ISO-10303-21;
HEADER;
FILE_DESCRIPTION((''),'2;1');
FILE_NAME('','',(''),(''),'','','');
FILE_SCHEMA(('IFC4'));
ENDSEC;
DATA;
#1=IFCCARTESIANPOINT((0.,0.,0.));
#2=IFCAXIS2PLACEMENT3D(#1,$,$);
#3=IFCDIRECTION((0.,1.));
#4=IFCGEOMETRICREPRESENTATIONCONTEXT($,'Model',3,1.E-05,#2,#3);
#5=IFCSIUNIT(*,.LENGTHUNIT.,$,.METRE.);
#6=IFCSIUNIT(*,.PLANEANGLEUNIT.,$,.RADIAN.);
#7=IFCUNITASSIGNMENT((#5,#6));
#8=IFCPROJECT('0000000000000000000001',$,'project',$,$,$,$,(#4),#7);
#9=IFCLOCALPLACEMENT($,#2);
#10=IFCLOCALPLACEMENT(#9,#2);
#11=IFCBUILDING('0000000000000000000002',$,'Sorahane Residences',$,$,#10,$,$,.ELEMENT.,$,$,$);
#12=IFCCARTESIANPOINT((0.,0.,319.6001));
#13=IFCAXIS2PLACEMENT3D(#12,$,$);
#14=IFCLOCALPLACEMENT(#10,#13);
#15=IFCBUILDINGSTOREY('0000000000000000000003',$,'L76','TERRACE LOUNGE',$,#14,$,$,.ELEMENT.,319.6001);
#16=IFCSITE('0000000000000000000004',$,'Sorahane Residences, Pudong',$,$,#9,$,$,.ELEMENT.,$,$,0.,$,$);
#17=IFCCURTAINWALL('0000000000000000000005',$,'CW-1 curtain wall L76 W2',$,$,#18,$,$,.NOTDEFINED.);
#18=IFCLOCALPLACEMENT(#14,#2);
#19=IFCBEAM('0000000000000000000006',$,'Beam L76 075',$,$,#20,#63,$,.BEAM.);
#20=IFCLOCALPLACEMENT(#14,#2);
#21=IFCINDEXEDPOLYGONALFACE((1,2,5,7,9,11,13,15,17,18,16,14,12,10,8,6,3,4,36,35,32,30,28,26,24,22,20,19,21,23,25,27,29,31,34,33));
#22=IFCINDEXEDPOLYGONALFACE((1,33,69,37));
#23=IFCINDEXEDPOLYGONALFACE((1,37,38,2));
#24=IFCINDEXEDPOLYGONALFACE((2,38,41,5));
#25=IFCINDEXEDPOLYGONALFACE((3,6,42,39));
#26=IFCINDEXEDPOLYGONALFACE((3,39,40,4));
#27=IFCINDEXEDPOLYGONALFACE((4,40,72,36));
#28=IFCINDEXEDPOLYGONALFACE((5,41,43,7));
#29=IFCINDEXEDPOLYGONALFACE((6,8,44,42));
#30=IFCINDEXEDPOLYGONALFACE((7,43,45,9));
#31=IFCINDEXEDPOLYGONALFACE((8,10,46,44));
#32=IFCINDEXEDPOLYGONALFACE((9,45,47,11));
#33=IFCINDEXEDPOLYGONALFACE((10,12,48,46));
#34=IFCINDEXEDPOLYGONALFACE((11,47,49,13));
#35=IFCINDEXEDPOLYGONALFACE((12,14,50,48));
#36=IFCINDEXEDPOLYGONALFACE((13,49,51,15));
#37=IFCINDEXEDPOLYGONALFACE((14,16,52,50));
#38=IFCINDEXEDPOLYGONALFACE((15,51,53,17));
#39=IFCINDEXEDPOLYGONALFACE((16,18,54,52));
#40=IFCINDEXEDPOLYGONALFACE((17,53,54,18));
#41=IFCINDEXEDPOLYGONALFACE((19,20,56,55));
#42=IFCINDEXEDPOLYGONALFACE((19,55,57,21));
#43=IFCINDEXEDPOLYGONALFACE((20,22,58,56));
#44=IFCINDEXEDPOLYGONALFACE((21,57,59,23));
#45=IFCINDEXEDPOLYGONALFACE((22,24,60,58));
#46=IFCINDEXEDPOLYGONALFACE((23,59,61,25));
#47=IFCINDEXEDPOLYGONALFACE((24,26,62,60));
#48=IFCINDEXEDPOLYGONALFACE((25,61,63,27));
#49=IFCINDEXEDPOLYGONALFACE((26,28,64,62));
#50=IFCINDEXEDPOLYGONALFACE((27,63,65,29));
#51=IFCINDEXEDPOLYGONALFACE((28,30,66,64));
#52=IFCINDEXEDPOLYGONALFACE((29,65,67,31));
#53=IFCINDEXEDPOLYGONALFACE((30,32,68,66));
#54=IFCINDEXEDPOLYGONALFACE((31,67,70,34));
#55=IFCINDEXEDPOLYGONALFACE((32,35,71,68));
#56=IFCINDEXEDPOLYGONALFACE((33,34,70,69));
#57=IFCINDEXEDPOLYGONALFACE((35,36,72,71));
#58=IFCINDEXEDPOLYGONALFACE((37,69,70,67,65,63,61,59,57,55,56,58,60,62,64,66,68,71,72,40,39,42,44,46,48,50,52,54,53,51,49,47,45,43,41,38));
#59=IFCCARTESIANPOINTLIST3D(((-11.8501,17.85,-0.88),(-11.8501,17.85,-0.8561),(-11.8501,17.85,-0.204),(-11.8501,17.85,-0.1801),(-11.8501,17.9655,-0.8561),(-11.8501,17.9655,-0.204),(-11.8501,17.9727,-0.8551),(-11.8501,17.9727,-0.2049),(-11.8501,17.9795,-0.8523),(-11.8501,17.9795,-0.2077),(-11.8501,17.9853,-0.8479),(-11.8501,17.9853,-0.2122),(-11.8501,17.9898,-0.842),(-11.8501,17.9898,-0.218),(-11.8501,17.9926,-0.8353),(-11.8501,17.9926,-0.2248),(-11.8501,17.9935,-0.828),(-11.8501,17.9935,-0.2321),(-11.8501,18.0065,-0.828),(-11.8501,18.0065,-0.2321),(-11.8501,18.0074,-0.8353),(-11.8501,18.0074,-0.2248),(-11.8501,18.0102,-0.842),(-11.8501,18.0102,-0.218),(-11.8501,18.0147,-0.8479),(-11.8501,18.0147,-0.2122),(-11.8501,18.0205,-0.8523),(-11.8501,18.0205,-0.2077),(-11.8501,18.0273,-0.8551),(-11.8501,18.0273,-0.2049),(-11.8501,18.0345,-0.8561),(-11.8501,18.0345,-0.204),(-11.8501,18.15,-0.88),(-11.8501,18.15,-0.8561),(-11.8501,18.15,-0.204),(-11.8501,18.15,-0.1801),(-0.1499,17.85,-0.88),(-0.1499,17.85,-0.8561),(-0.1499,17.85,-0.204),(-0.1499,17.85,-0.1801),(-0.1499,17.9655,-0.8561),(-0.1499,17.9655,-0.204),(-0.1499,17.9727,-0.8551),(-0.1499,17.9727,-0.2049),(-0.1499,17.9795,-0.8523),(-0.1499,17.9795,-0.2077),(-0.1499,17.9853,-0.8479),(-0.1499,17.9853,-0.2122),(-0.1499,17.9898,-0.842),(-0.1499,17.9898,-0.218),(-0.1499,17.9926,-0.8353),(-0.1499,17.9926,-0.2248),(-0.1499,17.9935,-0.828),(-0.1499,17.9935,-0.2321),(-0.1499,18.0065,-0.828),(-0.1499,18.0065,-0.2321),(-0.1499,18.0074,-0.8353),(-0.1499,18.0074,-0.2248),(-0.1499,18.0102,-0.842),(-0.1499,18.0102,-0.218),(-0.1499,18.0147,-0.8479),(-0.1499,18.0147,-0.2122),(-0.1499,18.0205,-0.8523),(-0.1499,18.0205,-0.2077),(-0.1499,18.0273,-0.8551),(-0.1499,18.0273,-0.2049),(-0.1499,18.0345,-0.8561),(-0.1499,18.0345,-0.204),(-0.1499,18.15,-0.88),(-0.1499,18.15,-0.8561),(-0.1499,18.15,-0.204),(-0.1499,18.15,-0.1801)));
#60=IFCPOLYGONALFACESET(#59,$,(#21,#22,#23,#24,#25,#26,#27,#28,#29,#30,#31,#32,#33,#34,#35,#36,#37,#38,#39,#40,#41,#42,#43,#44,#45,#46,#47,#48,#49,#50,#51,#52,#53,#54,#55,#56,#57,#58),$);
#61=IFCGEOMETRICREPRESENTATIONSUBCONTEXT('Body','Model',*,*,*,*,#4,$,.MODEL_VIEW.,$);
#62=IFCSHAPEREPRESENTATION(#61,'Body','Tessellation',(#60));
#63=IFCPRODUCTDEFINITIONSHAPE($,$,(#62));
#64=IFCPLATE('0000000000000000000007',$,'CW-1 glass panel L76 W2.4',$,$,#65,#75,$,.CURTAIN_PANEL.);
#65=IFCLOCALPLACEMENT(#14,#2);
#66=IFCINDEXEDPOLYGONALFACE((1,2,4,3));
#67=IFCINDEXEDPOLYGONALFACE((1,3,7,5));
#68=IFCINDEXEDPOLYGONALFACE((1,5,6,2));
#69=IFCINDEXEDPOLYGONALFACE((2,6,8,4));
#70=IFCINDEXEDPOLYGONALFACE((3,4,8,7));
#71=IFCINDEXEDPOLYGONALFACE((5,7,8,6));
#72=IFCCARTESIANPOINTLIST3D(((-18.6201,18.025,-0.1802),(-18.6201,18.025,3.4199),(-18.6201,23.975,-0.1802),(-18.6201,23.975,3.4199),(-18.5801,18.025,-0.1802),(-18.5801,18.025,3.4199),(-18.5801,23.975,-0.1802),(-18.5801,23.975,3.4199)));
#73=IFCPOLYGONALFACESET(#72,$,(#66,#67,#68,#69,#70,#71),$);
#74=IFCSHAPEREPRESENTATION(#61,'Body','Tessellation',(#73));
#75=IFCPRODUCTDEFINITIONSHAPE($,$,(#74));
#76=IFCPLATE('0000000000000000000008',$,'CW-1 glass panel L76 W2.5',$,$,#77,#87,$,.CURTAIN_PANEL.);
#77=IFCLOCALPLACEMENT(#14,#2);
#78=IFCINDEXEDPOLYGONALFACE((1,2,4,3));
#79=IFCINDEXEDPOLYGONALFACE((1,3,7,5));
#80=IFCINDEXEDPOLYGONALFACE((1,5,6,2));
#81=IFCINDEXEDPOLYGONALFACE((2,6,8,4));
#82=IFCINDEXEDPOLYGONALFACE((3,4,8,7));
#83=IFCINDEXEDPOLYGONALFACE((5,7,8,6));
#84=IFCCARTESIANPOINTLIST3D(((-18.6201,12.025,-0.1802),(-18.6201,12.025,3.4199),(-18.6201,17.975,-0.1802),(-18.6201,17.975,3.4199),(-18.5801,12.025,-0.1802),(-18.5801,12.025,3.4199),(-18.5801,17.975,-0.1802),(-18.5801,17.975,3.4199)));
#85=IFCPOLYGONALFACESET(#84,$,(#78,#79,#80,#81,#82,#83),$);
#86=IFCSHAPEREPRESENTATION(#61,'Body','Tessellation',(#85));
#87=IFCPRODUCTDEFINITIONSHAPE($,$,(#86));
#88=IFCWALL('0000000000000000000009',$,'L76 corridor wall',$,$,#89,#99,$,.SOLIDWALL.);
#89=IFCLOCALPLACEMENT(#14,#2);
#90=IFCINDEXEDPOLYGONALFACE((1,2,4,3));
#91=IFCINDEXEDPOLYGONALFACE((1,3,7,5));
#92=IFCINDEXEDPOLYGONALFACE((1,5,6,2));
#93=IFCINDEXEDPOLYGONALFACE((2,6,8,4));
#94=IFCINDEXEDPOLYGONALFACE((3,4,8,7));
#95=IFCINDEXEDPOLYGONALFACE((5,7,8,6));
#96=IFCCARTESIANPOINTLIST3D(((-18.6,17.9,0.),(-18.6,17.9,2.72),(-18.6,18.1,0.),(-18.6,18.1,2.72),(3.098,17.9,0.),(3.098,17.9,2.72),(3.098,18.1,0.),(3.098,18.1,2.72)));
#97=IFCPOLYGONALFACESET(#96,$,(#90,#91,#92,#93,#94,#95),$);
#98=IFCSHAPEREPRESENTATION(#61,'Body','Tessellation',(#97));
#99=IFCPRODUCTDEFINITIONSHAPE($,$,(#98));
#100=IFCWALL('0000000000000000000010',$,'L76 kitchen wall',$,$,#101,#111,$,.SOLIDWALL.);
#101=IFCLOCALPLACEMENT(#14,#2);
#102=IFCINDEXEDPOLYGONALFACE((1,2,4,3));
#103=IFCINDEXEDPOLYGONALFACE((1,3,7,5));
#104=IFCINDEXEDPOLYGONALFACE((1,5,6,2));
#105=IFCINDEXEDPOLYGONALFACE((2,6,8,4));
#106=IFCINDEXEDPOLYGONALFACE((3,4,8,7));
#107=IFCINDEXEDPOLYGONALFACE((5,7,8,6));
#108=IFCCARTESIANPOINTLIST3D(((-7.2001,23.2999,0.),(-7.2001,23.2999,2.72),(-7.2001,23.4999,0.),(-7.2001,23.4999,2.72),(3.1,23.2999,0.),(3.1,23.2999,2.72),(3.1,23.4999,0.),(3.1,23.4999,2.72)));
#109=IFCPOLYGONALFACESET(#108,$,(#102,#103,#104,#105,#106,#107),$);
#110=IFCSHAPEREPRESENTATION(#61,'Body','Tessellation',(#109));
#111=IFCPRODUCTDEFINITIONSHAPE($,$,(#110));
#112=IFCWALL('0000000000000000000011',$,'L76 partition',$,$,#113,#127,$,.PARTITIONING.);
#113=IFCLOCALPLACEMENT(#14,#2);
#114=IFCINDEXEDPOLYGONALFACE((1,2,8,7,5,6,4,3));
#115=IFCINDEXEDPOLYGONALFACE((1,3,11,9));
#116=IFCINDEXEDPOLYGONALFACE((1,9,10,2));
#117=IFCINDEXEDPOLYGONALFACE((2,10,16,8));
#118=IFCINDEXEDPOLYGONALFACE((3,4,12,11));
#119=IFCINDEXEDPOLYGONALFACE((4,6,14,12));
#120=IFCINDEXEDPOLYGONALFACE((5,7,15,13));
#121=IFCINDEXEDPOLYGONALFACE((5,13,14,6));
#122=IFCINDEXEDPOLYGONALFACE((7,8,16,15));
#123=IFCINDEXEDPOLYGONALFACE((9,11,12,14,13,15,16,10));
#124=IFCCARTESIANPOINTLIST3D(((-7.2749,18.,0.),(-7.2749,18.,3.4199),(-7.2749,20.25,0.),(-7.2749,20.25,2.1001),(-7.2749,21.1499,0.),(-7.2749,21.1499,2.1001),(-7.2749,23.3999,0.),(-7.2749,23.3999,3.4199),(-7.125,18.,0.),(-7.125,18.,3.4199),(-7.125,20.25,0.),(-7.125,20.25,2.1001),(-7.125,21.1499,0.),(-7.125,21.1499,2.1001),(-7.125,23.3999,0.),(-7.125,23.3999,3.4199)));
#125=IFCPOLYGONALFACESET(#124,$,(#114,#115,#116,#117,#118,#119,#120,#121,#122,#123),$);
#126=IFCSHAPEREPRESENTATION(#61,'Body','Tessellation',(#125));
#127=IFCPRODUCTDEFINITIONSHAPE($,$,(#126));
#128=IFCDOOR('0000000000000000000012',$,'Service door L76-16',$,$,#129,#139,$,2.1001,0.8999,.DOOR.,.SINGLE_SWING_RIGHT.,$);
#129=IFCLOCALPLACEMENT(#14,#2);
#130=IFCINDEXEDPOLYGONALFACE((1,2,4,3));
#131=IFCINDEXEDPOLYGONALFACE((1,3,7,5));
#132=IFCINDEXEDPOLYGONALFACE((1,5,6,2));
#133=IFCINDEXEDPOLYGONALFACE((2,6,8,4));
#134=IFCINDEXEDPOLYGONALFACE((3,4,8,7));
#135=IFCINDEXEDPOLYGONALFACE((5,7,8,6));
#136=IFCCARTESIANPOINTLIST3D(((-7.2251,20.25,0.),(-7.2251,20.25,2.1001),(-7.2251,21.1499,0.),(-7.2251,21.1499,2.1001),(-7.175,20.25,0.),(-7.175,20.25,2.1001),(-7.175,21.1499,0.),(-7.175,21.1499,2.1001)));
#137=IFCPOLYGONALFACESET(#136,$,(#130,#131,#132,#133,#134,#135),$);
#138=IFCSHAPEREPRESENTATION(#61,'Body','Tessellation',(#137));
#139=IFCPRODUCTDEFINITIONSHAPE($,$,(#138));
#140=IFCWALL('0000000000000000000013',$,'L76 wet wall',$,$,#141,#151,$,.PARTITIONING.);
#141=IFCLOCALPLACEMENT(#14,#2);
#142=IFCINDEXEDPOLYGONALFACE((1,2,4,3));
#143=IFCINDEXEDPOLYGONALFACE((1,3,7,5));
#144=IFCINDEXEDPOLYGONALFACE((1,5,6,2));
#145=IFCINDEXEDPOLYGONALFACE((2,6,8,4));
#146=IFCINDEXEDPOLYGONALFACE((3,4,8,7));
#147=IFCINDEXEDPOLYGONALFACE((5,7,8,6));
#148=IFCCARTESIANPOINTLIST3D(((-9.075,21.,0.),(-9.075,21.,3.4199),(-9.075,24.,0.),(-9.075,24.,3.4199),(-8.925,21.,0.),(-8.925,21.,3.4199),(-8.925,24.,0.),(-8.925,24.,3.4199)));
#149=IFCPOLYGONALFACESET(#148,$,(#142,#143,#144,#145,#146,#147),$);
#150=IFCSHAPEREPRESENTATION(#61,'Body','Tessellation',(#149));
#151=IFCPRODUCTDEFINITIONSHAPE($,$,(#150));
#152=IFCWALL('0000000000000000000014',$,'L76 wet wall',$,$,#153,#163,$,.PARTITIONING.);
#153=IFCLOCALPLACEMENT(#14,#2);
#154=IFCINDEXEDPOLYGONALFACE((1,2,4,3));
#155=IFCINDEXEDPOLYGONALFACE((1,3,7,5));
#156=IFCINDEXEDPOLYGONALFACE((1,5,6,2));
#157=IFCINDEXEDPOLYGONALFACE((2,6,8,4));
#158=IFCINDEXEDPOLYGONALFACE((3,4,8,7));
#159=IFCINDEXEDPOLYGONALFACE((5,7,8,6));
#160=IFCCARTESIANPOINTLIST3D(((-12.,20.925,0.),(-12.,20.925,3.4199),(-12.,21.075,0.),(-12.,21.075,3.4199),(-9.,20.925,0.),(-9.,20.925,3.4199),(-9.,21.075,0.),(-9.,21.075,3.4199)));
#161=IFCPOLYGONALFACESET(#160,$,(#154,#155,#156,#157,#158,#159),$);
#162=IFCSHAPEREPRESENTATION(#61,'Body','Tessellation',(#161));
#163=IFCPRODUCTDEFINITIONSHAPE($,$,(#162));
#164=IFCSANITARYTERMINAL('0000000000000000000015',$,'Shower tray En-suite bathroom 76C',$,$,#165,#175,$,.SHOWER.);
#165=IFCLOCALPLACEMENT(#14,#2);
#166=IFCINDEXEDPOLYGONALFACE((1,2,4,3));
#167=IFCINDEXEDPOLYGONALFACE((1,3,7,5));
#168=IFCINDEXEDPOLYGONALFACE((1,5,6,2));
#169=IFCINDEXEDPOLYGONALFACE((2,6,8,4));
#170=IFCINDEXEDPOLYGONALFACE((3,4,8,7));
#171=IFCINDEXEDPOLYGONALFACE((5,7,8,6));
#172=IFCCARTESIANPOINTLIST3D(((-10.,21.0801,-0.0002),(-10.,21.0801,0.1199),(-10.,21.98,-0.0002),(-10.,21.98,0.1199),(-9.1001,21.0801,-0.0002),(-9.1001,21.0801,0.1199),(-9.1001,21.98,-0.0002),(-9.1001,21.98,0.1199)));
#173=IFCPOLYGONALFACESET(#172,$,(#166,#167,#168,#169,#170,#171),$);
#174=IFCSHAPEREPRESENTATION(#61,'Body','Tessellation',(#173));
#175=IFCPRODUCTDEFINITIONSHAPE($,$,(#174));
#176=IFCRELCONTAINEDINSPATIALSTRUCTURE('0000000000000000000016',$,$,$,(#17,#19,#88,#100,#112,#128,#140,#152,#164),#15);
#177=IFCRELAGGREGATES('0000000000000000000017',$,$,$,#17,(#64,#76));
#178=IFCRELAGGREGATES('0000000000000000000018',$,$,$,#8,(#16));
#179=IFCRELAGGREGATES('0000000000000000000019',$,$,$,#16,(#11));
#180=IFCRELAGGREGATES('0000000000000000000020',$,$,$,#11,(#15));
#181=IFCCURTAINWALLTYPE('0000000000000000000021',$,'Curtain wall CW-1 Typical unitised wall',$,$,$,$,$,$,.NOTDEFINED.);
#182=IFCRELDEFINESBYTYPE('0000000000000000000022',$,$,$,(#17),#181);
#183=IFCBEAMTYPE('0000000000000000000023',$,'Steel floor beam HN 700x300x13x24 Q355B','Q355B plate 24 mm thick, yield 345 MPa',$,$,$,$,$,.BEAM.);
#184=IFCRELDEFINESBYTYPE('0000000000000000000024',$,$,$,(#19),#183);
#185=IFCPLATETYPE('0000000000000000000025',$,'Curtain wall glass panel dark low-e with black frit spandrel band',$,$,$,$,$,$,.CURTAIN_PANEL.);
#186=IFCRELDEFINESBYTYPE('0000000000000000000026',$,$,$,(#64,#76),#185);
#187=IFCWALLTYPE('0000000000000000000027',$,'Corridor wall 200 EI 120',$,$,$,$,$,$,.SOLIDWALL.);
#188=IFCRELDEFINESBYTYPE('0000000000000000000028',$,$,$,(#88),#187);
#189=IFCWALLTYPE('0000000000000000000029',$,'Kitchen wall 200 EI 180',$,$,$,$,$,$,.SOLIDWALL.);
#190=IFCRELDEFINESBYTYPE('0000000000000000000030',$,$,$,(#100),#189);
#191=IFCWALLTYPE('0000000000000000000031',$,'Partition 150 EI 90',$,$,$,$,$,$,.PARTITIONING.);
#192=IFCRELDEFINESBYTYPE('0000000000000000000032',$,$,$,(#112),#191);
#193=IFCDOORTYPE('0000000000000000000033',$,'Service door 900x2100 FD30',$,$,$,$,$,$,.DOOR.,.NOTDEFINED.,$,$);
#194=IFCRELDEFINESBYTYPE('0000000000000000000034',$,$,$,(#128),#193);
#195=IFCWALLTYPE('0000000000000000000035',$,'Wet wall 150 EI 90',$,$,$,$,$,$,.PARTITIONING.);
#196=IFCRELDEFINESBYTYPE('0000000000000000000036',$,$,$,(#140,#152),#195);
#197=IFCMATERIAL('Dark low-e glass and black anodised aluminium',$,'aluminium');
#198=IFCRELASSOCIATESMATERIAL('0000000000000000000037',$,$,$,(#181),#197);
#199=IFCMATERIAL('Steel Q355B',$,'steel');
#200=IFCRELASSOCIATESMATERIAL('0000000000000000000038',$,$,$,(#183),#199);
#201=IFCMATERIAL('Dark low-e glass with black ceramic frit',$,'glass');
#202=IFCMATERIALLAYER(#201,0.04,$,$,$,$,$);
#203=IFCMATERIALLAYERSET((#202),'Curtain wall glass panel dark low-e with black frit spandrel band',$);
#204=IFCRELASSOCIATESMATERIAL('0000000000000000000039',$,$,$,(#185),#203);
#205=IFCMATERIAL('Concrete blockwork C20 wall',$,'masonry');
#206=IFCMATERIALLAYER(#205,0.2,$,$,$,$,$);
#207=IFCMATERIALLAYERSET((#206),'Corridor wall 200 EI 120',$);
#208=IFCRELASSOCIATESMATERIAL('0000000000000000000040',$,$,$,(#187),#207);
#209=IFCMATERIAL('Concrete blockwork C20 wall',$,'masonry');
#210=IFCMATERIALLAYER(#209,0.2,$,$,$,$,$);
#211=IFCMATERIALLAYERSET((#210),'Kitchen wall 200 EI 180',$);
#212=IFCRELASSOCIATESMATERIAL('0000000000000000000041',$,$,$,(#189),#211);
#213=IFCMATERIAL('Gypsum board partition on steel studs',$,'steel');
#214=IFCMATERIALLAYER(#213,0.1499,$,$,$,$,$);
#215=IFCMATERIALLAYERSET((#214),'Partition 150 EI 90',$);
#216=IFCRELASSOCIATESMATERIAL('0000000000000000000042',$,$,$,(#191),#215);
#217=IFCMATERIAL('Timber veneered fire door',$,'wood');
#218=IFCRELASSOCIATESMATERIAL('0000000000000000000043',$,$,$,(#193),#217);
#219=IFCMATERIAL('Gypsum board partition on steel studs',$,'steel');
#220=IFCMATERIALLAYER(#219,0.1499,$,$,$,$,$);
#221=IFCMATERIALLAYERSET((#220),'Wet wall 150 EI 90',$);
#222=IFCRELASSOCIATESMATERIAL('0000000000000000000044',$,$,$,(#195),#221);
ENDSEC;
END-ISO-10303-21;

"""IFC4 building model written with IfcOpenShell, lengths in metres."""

from ifc_helpers import new_model, si_unit, direction, frame, frame_2d, origin, origin_2d, place, context, subcontext, project, spatial, rectangle, i_section, extrude, material, layer, layer_set, material_profile, profile_set, type_object, element, fill, aggregate, save


model = new_model("IFC4")

# Units and contexts
model_context = context("Model", 3, precision=1e-05, world=origin(), true_north=direction((0.0, 1.0)))
body_context = subcontext(model_context, "Body", "Model", "MODEL_VIEW")
ifc_project = project(units=[si_unit("LENGTHUNIT", "METRE"), si_unit("PLANEANGLEUNIT", "RADIAN")], contexts=[model_context])

# Site, building, storey
site_placement = place(None, origin())
site = spatial("IfcSite", under=ifc_project, at=site_placement, Name="Sorahane Residences, Pudong", CompositionType="ELEMENT", RefElevation=0.0)
building_placement = place(site_placement, origin())
building = spatial("IfcBuilding", under=site, at=building_placement, Name="Sorahane Residences", CompositionType="ELEMENT")
storey_placement = place(building_placement, frame((0.0, 0.0, 319.6001)))
storey = spatial("IfcBuildingStorey", under=building, at=storey_placement, Name="L76", Description="TERRACE LOUNGE", CompositionType="ELEMENT", Elevation=319.6001)

# Shared definitions
ifc_material_1 = material(Name="Dark low-e glass and black anodised aluminium", Category="aluminium")
curtain_wall_type = type_object("IfcCurtainWallType", Name="Curtain wall CW-1 Typical unitised wall", PredefinedType="NOTDEFINED", material=ifc_material_1)

# Curtain wall
curtain_wall_1_placement = place(storey_placement, origin())
curtain_wall_1 = element("IfcCurtainWall", 1, at=curtain_wall_1_placement, inside=storey, type_object=curtain_wall_type, Name="CW-1 curtain wall L76 W2", PredefinedType="NOTDEFINED")

# Beam
ifc_material_2 = material(Name="Steel Q355B", Category="steel")
ifc_material_profile_1 = material_profile(ifc_material_2, i_section(OverallWidth=0.3, OverallDepth=0.7, WebThickness=0.0129, FlangeThickness=0.0239, FilletRadius=0.0281, at=origin_2d()), Name="HN 700x300x13x24")
ifc_profile_set_1 = profile_set([ifc_material_profile_1], Name="Steel Q355B")
beam_type_1 = type_object("IfcBeamType", Name="Steel floor beam HN 700x300x13x24 Q355B", Description="Q355B plate 24 mm thick, yield 345 MPa", PredefinedType="BEAM", material=ifc_profile_set_1)
beam_1_placement = place(storey_placement, frame((-11.8501, 18.0, -0.53), z_axis=(1.0, 0.0, 0.0), x_axis=(0.0, 1.0, 0.0)))
element("IfcBeam", 2, at=beam_1_placement, inside=storey, type_object=beam_type_1, Name="Beam L76 075", PredefinedType="BEAM", context=body_context, shape_type="SweptSolid", body=[
    extrude(i_section(OverallWidth=0.3, OverallDepth=0.7, WebThickness=0.0129, FlangeThickness=0.0239, FilletRadius=0.0281, at=origin_2d()), origin(), (0.0, 0.0, 1.0), 11.7002),
])

# Plates
ifc_material_3 = material(Name="Dark low-e glass with black ceramic frit", Category="glass")
ifc_layer_1 = layer(ifc_material_3, 0.04)
ifc_layer_set_1 = layer_set([ifc_layer_1], Name="Curtain wall glass panel dark low-e with black frit spandrel band")
plate_type = type_object("IfcPlateType", Name="Curtain wall glass panel dark low-e with black frit spandrel band", PredefinedType="CURTAIN_PANEL", material=ifc_layer_set_1)
plate_1_placement = place(storey_placement, frame((-18.6001, 21.0, -0.1802), z_axis=(0.0, 0.0, 1.0), x_axis=(0.0, -1.0, 0.0)))
plate_1 = element("IfcPlate", 3, at=plate_1_placement, type_object=plate_type, Name="CW-1 glass panel L76 W2.4", PredefinedType="CURTAIN_PANEL", context=body_context, shape_type="SweptSolid", body=[
    extrude(rectangle(XDim=5.95, YDim=0.04, at=origin_2d()), origin(), (0.0, 0.0, 1.0), 3.6001),
])
plate_2_placement = place(storey_placement, frame((-18.6001, 15.0, -0.1802), z_axis=(0.0, 0.0, 1.0), x_axis=(0.0, -1.0, 0.0)))
plate_2 = element("IfcPlate", 4, at=plate_2_placement, type_object=plate_type, Name="CW-1 glass panel L76 W2.5", PredefinedType="CURTAIN_PANEL", context=body_context, shape_type="SweptSolid", body=[
    extrude(rectangle(XDim=5.95, YDim=0.04, at=origin_2d()), origin(), (0.0, 0.0, 1.0), 3.6001),
])
aggregate(curtain_wall_1, [plate_1, plate_2])

# Wall
ifc_material_4 = material(Name="Concrete blockwork C20 wall", Category="masonry")
ifc_layer_2 = layer(ifc_material_4, 0.2)
ifc_layer_set_2 = layer_set([ifc_layer_2], Name="Corridor wall 200 EI 120")
wall_type_1 = type_object("IfcWallType", Name="Corridor wall 200 EI 120", PredefinedType="SOLIDWALL", material=ifc_layer_set_2)
wall_1_placement = place(storey_placement, frame((-18.6001, 18.0, 0.0), z_axis=(0.0, 0.0, 1.0), x_axis=(1.0, 0.0, 0.0)))
element("IfcWall", 5, at=wall_1_placement, inside=storey, type_object=wall_type_1, Name="L76 corridor wall", PredefinedType="SOLIDWALL", context=body_context, shape_type="SweptSolid", body=[
    extrude(rectangle(XDim=21.698, YDim=0.2, at=frame_2d((10.8491, 0.0))), origin(), (0.0, 0.0, 1.0), 2.72),
])

# Shared definitions
ifc_material_5 = material(Name="Concrete blockwork C20 wall", Category="masonry")
ifc_layer_3 = layer(ifc_material_5, 0.2)
ifc_layer_set_3 = layer_set([ifc_layer_3], Name="Kitchen wall 200 EI 180")
wall_type_2 = type_object("IfcWallType", Name="Kitchen wall 200 EI 180", PredefinedType="SOLIDWALL", material=ifc_layer_set_3)

# Wall
wall_2_placement = place(storey_placement, frame((-7.2, 23.3999, 0.0), z_axis=(0.0, 0.0, 1.0), x_axis=(1.0, 0.0, 0.0)))
element("IfcWall", 6, at=wall_2_placement, inside=storey, type_object=wall_type_2, Name="L76 kitchen wall", PredefinedType="SOLIDWALL", context=body_context, shape_type="SweptSolid", body=[
    extrude(rectangle(XDim=10.3, YDim=0.2, at=frame_2d((5.1499, 0.0))), origin(), (0.0, 0.0, 1.0), 2.72),
])

# Wall, opening, door
ifc_material_6 = material(Name="Gypsum board partition on steel studs", Category="steel")
ifc_layer_4 = layer(ifc_material_6, 0.1499)
ifc_layer_set_4 = layer_set([ifc_layer_4], Name="Partition 150 EI 90")
wall_type_3 = type_object("IfcWallType", Name="Partition 150 EI 90", PredefinedType="PARTITIONING", material=ifc_layer_set_4)
wall_3_placement = place(storey_placement, frame((-7.2, 18.0, 0.0), z_axis=(0.0, 0.0, 1.0), x_axis=(0.0, 1.0, 0.0)))
wall_3 = element("IfcWall", 7, at=wall_3_placement, inside=storey, type_object=wall_type_3, Name="L76 partition", PredefinedType="PARTITIONING", context=body_context, shape_type="SweptSolid", body=[
    extrude(rectangle(XDim=5.3999, YDim=0.1499, at=frame_2d((2.7, 0.0))), origin(), (0.0, 0.0, 1.0), 3.4199),
])
opening_1_placement = place(wall_3_placement, frame((2.25, 0.0, 0.0)))
opening_1 = element("IfcOpeningElement", 8, at=opening_1_placement, cuts=wall_3, PredefinedType="OPENING", context=body_context, shape_type="SweptSolid", body=[
    extrude(rectangle(XDim=0.8999, YDim=2.1001, at=frame_2d((0.45, 1.05))), frame((0.0, 0.085, 0.0), z_axis=(0.0, -1.0, 0.0), x_axis=(1.0, 0.0, 0.0)), (0.0, 0.0, 1.0), 0.1699),
])
ifc_material_7 = material(Name="Timber veneered fire door", Category="wood")
door_type_1 = type_object("IfcDoorType", Name="Service door 900x2100 FD30", OperationType="NOTDEFINED", PredefinedType="DOOR", material=ifc_material_7)
door_1_placement = place(opening_1_placement, frame((0.8999, 0.0, 0.0), z_axis=(0.0, 0.0, 1.0), x_axis=(-1.0, 0.0, 0.0)))
door_1 = element("IfcDoor", 9, at=door_1_placement, inside=storey, type_object=door_type_1, Name="Service door L76-16", OperationType="SINGLE_SWING_RIGHT", OverallHeight=2.1001, OverallWidth=0.8999, PredefinedType="DOOR", context=body_context, shape_type="SweptSolid", body=[
    extrude(rectangle(XDim=0.8999, YDim=2.1001, at=frame_2d((0.45, 1.05))), frame((0.0, 0.0249, 0.0), z_axis=(0.0, -1.0, 0.0), x_axis=(1.0, 0.0, 0.0)), (0.0, 0.0, 1.0), 0.05),
])
fill(opening_1, door_1)
ifc_material_8 = material(Name="Gypsum board partition on steel studs", Category="steel")
ifc_layer_5 = layer(ifc_material_8, 0.1499)
ifc_layer_set_5 = layer_set([ifc_layer_5], Name="Wet wall 150 EI 90")
wall_type_4 = type_object("IfcWallType", Name="Wet wall 150 EI 90", PredefinedType="PARTITIONING", material=ifc_layer_set_5)

# Walls
for number, where, z_axis, x_axis, name in (
    (10, (-9.0, 21.0, 0.0), (0.0, 0.0, 1.0), (0.0, 1.0, 0.0), "L76 wet wall"),
    (11, (-12.0, 21.0, 0.0), (0.0, 0.0, 1.0), (1.0, 0.0, 0.0), "L76 wet wall"),
):
    element("IfcWall", number, at=place(storey_placement, frame(where, z_axis=z_axis, x_axis=x_axis)), inside=storey, type_object=wall_type_4, Name=name, PredefinedType="PARTITIONING", context=body_context, shape_type="SweptSolid", body=[
        extrude(rectangle(XDim=3.0, YDim=0.1499, at=frame_2d((1.5, 0.0))), origin(), (0.0, 0.0, 1.0), 3.4199),
    ])

# Sanitary terminal
sanitary_terminal_1_placement = place(storey_placement, frame((-9.55, 21.53, -0.0002), z_axis=(0.0, 0.0, 1.0), x_axis=(0.0, -1.0, 0.0)))
element("IfcSanitaryTerminal", 12, at=sanitary_terminal_1_placement, inside=storey, Name="Shower tray En-suite bathroom 76C", PredefinedType="SHOWER", context=body_context, shape_type="SweptSolid", body=[
    extrude(rectangle(XDim=0.8999, YDim=0.8999, at=origin_2d()), origin(), (0.0, 0.0, 1.0), 0.1201),
])

save(model, "model.ifc")
